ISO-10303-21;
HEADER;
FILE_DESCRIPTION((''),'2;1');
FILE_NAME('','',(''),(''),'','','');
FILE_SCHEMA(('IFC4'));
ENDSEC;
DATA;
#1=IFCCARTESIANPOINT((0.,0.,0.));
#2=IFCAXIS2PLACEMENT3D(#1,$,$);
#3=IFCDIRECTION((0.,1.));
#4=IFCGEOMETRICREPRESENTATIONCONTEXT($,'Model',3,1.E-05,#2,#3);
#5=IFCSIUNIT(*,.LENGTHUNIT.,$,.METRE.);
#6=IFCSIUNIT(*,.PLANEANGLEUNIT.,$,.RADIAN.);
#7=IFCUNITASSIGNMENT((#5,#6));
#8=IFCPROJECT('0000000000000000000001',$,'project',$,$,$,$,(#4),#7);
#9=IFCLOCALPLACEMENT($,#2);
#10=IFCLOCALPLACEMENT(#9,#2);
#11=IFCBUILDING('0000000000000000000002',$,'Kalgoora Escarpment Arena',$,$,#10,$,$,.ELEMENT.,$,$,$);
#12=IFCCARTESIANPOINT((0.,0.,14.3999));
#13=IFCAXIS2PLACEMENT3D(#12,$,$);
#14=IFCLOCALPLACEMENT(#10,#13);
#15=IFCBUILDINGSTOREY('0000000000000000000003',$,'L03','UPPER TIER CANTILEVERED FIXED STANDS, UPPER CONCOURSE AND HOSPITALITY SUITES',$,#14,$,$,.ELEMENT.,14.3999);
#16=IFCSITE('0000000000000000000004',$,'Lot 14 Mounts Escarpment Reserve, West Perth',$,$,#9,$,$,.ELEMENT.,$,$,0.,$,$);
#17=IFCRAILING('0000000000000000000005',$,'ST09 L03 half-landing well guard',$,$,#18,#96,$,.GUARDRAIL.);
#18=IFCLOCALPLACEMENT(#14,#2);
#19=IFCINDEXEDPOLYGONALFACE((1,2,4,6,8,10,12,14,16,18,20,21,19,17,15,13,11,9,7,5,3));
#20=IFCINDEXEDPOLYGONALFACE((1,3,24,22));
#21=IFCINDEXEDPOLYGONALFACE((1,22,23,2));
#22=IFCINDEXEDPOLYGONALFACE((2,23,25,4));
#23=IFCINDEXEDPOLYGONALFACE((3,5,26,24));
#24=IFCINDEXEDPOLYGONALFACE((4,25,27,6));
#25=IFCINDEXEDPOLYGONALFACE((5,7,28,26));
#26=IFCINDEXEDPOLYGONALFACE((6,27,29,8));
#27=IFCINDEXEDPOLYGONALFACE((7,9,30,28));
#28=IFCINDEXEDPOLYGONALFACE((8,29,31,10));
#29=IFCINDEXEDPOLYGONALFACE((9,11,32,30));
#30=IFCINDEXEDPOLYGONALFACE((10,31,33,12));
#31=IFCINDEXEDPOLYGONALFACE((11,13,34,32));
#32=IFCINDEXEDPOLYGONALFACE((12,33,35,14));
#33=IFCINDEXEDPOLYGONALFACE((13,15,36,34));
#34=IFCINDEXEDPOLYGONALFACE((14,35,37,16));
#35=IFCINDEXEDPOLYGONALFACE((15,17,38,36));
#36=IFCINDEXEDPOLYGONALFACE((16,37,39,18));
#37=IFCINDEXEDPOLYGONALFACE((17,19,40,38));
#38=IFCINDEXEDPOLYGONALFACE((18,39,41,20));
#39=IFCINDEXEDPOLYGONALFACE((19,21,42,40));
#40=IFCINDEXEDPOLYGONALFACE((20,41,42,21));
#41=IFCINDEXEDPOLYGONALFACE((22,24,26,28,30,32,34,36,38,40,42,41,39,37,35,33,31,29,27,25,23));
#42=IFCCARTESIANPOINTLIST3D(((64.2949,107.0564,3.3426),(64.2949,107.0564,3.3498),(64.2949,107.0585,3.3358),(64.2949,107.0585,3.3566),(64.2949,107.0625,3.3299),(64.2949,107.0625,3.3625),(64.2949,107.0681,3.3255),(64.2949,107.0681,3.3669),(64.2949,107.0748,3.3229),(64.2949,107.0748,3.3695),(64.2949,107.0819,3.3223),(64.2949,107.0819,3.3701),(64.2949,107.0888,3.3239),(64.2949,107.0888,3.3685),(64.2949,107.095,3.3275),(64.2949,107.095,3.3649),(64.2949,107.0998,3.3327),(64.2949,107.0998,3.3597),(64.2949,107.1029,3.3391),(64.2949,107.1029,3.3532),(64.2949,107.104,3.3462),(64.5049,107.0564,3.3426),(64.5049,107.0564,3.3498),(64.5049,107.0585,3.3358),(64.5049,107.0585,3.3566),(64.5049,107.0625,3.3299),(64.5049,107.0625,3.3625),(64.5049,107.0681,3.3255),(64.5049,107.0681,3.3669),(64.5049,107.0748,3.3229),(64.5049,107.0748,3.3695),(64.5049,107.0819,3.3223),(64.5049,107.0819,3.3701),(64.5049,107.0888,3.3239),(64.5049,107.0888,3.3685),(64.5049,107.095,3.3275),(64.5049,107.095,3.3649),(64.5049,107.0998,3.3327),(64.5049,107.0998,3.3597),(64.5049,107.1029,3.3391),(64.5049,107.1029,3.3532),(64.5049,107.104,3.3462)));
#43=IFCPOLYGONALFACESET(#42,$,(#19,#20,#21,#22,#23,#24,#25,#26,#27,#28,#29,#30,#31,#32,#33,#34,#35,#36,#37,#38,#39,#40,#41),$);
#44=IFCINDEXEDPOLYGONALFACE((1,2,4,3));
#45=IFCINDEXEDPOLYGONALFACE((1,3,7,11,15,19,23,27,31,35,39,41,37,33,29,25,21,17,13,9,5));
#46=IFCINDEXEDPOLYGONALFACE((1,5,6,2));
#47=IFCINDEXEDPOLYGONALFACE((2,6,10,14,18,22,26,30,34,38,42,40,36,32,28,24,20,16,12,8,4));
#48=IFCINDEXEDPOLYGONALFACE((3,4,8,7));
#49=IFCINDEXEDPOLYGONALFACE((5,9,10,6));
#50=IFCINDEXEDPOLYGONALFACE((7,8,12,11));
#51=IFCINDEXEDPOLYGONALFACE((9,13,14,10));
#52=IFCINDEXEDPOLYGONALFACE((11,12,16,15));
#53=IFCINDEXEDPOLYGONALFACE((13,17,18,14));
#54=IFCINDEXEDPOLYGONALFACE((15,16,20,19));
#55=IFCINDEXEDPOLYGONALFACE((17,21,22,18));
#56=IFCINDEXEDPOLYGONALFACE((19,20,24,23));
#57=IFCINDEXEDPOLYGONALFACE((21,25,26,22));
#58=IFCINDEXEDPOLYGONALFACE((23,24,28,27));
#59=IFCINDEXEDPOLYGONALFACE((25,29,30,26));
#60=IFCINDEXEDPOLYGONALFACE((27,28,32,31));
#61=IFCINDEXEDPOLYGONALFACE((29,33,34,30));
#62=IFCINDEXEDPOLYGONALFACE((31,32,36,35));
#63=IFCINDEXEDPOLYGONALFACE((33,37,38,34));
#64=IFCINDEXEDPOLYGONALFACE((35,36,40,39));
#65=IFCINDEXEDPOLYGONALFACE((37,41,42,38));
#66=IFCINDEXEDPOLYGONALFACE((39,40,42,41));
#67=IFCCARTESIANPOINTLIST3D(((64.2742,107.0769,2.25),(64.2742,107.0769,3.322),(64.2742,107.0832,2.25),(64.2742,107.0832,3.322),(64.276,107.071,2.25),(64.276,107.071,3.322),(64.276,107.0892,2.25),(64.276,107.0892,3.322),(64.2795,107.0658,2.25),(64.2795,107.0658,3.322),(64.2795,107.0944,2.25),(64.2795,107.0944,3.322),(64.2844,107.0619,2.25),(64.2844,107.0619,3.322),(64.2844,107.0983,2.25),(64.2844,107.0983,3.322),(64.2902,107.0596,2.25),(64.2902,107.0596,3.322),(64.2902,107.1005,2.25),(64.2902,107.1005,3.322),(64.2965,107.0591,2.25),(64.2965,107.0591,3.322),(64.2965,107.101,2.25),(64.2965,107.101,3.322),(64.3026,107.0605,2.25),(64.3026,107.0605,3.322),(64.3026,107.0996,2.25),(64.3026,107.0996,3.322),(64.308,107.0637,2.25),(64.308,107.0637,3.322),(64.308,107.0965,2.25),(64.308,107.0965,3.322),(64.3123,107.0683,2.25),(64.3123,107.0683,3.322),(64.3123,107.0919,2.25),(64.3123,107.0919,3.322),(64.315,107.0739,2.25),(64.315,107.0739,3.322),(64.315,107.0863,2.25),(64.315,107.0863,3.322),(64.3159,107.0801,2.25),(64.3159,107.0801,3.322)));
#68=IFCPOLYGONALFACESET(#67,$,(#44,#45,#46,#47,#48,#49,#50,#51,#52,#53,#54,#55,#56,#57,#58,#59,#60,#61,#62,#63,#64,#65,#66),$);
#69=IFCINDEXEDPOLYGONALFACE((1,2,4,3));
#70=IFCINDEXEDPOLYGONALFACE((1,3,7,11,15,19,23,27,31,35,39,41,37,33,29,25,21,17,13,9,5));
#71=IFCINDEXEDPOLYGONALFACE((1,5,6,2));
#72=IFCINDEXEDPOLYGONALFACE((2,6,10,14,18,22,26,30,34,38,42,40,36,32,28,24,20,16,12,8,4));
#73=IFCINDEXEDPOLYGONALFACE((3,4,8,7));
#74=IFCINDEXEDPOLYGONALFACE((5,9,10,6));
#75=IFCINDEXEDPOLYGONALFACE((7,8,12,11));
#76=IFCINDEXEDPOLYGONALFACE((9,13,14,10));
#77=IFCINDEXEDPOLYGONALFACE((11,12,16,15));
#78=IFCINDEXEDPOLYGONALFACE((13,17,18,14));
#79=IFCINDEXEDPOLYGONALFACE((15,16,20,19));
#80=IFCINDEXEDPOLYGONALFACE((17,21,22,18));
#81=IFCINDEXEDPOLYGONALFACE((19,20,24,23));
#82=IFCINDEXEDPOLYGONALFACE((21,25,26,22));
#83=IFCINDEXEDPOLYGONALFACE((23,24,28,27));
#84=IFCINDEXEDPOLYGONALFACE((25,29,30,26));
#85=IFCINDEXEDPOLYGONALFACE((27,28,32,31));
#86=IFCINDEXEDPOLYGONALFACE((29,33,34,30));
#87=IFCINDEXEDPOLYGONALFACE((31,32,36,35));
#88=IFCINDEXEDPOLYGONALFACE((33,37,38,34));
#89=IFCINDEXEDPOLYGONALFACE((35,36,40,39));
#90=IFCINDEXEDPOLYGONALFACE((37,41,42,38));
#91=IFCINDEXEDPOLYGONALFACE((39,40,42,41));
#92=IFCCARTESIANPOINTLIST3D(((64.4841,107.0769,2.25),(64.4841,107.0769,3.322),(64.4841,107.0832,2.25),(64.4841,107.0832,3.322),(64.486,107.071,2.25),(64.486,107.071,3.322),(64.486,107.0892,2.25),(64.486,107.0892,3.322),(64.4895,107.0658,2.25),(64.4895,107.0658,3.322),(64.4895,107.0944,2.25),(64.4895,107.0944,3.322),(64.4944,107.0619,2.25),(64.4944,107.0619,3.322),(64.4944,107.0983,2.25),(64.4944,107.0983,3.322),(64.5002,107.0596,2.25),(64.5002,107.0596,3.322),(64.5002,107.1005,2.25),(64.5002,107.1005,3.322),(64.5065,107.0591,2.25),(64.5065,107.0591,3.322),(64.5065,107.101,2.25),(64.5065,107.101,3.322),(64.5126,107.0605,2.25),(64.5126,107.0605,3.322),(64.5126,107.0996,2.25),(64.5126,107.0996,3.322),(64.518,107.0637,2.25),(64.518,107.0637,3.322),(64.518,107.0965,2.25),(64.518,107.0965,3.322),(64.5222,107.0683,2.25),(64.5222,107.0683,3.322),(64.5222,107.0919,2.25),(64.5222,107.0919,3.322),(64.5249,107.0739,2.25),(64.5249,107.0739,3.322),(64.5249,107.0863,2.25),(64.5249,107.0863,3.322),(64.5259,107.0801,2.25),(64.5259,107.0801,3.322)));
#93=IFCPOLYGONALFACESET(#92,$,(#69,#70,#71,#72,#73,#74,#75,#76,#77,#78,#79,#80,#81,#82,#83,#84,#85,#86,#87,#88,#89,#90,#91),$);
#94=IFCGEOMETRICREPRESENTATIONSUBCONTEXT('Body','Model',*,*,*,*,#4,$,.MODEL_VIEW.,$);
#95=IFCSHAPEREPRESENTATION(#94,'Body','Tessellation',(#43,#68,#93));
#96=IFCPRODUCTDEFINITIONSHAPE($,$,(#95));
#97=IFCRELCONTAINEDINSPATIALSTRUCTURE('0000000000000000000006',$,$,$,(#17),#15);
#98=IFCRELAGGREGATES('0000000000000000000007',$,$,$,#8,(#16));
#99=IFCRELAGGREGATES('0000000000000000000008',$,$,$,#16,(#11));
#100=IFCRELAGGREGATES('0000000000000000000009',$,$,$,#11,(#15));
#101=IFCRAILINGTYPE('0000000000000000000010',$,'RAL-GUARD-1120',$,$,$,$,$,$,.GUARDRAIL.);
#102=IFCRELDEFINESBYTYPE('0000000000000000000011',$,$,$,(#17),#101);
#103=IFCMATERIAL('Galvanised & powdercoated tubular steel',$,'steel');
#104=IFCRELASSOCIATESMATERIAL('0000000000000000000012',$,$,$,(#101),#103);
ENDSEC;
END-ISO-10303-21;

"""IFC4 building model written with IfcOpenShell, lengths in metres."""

from ifc_helpers import new_model, si_unit, direction, frame, origin, origin_2d, place, context, subcontext, project, spatial, circle, extrude, material, type_object, element, save


model = new_model("IFC4")

# Units and contexts
model_context = context("Model", 3, precision=1e-05, world=origin(), true_north=direction((0.0, 1.0)))
body_context = subcontext(model_context, "Body", "Model", "MODEL_VIEW")
ifc_project = project(units=[si_unit("LENGTHUNIT", "METRE"), si_unit("PLANEANGLEUNIT", "RADIAN")], contexts=[model_context])

# Site, building, storey
site_placement = place(None, origin())
site = spatial("IfcSite", under=ifc_project, at=site_placement, Name="Lot 14 Mounts Escarpment Reserve, West Perth", CompositionType="ELEMENT", RefElevation=0.0)
building_placement = place(site_placement, origin())
building = spatial("IfcBuilding", under=site, at=building_placement, Name="Kalgoora Escarpment Arena", CompositionType="ELEMENT")
storey_placement = place(building_placement, frame((0.0, 0.0, 14.3999)))
storey = spatial("IfcBuildingStorey", under=building, at=storey_placement, Name="L03", Description="UPPER TIER CANTILEVERED FIXED STANDS, UPPER CONCOURSE AND HOSPITALITY SUITES", CompositionType="ELEMENT", Elevation=14.3999)

# Railing
ifc_material_1 = material(Name="Galvanised & powdercoated tubular steel", Category="steel")
railing_type_1 = type_object("IfcRailingType", Name="RAL-GUARD-1120", PredefinedType="GUARDRAIL", material=ifc_material_1)
railing_1_placement = place(storey_placement, frame((64.2949, 107.0801, 2.25)))
element("IfcRailing", 1, at=railing_1_placement, inside=storey, type_object=railing_type_1, Name="ST09 L03 half-landing well guard", PredefinedType="GUARDRAIL", context=body_context, shape_type="SweptSolid", body=[
    extrude(circle(Radius=0.0239, at=origin_2d()), frame((0.0, 0.0, 1.0962), z_axis=(1.0, 0.0, 0.0), x_axis=(0.0, 1.0, 0.0)), (0.0, 0.0, 1.0), 0.21),
    extrude(circle(Radius=0.021, at=origin_2d()), origin(), (0.0, 0.0, 1.0), 1.072),
    extrude(circle(Radius=0.021, at=origin_2d()), frame((0.21, 0.0, 0.0)), (0.0, 0.0, 1.0), 1.072),
])

save(model, "model.ifc")
